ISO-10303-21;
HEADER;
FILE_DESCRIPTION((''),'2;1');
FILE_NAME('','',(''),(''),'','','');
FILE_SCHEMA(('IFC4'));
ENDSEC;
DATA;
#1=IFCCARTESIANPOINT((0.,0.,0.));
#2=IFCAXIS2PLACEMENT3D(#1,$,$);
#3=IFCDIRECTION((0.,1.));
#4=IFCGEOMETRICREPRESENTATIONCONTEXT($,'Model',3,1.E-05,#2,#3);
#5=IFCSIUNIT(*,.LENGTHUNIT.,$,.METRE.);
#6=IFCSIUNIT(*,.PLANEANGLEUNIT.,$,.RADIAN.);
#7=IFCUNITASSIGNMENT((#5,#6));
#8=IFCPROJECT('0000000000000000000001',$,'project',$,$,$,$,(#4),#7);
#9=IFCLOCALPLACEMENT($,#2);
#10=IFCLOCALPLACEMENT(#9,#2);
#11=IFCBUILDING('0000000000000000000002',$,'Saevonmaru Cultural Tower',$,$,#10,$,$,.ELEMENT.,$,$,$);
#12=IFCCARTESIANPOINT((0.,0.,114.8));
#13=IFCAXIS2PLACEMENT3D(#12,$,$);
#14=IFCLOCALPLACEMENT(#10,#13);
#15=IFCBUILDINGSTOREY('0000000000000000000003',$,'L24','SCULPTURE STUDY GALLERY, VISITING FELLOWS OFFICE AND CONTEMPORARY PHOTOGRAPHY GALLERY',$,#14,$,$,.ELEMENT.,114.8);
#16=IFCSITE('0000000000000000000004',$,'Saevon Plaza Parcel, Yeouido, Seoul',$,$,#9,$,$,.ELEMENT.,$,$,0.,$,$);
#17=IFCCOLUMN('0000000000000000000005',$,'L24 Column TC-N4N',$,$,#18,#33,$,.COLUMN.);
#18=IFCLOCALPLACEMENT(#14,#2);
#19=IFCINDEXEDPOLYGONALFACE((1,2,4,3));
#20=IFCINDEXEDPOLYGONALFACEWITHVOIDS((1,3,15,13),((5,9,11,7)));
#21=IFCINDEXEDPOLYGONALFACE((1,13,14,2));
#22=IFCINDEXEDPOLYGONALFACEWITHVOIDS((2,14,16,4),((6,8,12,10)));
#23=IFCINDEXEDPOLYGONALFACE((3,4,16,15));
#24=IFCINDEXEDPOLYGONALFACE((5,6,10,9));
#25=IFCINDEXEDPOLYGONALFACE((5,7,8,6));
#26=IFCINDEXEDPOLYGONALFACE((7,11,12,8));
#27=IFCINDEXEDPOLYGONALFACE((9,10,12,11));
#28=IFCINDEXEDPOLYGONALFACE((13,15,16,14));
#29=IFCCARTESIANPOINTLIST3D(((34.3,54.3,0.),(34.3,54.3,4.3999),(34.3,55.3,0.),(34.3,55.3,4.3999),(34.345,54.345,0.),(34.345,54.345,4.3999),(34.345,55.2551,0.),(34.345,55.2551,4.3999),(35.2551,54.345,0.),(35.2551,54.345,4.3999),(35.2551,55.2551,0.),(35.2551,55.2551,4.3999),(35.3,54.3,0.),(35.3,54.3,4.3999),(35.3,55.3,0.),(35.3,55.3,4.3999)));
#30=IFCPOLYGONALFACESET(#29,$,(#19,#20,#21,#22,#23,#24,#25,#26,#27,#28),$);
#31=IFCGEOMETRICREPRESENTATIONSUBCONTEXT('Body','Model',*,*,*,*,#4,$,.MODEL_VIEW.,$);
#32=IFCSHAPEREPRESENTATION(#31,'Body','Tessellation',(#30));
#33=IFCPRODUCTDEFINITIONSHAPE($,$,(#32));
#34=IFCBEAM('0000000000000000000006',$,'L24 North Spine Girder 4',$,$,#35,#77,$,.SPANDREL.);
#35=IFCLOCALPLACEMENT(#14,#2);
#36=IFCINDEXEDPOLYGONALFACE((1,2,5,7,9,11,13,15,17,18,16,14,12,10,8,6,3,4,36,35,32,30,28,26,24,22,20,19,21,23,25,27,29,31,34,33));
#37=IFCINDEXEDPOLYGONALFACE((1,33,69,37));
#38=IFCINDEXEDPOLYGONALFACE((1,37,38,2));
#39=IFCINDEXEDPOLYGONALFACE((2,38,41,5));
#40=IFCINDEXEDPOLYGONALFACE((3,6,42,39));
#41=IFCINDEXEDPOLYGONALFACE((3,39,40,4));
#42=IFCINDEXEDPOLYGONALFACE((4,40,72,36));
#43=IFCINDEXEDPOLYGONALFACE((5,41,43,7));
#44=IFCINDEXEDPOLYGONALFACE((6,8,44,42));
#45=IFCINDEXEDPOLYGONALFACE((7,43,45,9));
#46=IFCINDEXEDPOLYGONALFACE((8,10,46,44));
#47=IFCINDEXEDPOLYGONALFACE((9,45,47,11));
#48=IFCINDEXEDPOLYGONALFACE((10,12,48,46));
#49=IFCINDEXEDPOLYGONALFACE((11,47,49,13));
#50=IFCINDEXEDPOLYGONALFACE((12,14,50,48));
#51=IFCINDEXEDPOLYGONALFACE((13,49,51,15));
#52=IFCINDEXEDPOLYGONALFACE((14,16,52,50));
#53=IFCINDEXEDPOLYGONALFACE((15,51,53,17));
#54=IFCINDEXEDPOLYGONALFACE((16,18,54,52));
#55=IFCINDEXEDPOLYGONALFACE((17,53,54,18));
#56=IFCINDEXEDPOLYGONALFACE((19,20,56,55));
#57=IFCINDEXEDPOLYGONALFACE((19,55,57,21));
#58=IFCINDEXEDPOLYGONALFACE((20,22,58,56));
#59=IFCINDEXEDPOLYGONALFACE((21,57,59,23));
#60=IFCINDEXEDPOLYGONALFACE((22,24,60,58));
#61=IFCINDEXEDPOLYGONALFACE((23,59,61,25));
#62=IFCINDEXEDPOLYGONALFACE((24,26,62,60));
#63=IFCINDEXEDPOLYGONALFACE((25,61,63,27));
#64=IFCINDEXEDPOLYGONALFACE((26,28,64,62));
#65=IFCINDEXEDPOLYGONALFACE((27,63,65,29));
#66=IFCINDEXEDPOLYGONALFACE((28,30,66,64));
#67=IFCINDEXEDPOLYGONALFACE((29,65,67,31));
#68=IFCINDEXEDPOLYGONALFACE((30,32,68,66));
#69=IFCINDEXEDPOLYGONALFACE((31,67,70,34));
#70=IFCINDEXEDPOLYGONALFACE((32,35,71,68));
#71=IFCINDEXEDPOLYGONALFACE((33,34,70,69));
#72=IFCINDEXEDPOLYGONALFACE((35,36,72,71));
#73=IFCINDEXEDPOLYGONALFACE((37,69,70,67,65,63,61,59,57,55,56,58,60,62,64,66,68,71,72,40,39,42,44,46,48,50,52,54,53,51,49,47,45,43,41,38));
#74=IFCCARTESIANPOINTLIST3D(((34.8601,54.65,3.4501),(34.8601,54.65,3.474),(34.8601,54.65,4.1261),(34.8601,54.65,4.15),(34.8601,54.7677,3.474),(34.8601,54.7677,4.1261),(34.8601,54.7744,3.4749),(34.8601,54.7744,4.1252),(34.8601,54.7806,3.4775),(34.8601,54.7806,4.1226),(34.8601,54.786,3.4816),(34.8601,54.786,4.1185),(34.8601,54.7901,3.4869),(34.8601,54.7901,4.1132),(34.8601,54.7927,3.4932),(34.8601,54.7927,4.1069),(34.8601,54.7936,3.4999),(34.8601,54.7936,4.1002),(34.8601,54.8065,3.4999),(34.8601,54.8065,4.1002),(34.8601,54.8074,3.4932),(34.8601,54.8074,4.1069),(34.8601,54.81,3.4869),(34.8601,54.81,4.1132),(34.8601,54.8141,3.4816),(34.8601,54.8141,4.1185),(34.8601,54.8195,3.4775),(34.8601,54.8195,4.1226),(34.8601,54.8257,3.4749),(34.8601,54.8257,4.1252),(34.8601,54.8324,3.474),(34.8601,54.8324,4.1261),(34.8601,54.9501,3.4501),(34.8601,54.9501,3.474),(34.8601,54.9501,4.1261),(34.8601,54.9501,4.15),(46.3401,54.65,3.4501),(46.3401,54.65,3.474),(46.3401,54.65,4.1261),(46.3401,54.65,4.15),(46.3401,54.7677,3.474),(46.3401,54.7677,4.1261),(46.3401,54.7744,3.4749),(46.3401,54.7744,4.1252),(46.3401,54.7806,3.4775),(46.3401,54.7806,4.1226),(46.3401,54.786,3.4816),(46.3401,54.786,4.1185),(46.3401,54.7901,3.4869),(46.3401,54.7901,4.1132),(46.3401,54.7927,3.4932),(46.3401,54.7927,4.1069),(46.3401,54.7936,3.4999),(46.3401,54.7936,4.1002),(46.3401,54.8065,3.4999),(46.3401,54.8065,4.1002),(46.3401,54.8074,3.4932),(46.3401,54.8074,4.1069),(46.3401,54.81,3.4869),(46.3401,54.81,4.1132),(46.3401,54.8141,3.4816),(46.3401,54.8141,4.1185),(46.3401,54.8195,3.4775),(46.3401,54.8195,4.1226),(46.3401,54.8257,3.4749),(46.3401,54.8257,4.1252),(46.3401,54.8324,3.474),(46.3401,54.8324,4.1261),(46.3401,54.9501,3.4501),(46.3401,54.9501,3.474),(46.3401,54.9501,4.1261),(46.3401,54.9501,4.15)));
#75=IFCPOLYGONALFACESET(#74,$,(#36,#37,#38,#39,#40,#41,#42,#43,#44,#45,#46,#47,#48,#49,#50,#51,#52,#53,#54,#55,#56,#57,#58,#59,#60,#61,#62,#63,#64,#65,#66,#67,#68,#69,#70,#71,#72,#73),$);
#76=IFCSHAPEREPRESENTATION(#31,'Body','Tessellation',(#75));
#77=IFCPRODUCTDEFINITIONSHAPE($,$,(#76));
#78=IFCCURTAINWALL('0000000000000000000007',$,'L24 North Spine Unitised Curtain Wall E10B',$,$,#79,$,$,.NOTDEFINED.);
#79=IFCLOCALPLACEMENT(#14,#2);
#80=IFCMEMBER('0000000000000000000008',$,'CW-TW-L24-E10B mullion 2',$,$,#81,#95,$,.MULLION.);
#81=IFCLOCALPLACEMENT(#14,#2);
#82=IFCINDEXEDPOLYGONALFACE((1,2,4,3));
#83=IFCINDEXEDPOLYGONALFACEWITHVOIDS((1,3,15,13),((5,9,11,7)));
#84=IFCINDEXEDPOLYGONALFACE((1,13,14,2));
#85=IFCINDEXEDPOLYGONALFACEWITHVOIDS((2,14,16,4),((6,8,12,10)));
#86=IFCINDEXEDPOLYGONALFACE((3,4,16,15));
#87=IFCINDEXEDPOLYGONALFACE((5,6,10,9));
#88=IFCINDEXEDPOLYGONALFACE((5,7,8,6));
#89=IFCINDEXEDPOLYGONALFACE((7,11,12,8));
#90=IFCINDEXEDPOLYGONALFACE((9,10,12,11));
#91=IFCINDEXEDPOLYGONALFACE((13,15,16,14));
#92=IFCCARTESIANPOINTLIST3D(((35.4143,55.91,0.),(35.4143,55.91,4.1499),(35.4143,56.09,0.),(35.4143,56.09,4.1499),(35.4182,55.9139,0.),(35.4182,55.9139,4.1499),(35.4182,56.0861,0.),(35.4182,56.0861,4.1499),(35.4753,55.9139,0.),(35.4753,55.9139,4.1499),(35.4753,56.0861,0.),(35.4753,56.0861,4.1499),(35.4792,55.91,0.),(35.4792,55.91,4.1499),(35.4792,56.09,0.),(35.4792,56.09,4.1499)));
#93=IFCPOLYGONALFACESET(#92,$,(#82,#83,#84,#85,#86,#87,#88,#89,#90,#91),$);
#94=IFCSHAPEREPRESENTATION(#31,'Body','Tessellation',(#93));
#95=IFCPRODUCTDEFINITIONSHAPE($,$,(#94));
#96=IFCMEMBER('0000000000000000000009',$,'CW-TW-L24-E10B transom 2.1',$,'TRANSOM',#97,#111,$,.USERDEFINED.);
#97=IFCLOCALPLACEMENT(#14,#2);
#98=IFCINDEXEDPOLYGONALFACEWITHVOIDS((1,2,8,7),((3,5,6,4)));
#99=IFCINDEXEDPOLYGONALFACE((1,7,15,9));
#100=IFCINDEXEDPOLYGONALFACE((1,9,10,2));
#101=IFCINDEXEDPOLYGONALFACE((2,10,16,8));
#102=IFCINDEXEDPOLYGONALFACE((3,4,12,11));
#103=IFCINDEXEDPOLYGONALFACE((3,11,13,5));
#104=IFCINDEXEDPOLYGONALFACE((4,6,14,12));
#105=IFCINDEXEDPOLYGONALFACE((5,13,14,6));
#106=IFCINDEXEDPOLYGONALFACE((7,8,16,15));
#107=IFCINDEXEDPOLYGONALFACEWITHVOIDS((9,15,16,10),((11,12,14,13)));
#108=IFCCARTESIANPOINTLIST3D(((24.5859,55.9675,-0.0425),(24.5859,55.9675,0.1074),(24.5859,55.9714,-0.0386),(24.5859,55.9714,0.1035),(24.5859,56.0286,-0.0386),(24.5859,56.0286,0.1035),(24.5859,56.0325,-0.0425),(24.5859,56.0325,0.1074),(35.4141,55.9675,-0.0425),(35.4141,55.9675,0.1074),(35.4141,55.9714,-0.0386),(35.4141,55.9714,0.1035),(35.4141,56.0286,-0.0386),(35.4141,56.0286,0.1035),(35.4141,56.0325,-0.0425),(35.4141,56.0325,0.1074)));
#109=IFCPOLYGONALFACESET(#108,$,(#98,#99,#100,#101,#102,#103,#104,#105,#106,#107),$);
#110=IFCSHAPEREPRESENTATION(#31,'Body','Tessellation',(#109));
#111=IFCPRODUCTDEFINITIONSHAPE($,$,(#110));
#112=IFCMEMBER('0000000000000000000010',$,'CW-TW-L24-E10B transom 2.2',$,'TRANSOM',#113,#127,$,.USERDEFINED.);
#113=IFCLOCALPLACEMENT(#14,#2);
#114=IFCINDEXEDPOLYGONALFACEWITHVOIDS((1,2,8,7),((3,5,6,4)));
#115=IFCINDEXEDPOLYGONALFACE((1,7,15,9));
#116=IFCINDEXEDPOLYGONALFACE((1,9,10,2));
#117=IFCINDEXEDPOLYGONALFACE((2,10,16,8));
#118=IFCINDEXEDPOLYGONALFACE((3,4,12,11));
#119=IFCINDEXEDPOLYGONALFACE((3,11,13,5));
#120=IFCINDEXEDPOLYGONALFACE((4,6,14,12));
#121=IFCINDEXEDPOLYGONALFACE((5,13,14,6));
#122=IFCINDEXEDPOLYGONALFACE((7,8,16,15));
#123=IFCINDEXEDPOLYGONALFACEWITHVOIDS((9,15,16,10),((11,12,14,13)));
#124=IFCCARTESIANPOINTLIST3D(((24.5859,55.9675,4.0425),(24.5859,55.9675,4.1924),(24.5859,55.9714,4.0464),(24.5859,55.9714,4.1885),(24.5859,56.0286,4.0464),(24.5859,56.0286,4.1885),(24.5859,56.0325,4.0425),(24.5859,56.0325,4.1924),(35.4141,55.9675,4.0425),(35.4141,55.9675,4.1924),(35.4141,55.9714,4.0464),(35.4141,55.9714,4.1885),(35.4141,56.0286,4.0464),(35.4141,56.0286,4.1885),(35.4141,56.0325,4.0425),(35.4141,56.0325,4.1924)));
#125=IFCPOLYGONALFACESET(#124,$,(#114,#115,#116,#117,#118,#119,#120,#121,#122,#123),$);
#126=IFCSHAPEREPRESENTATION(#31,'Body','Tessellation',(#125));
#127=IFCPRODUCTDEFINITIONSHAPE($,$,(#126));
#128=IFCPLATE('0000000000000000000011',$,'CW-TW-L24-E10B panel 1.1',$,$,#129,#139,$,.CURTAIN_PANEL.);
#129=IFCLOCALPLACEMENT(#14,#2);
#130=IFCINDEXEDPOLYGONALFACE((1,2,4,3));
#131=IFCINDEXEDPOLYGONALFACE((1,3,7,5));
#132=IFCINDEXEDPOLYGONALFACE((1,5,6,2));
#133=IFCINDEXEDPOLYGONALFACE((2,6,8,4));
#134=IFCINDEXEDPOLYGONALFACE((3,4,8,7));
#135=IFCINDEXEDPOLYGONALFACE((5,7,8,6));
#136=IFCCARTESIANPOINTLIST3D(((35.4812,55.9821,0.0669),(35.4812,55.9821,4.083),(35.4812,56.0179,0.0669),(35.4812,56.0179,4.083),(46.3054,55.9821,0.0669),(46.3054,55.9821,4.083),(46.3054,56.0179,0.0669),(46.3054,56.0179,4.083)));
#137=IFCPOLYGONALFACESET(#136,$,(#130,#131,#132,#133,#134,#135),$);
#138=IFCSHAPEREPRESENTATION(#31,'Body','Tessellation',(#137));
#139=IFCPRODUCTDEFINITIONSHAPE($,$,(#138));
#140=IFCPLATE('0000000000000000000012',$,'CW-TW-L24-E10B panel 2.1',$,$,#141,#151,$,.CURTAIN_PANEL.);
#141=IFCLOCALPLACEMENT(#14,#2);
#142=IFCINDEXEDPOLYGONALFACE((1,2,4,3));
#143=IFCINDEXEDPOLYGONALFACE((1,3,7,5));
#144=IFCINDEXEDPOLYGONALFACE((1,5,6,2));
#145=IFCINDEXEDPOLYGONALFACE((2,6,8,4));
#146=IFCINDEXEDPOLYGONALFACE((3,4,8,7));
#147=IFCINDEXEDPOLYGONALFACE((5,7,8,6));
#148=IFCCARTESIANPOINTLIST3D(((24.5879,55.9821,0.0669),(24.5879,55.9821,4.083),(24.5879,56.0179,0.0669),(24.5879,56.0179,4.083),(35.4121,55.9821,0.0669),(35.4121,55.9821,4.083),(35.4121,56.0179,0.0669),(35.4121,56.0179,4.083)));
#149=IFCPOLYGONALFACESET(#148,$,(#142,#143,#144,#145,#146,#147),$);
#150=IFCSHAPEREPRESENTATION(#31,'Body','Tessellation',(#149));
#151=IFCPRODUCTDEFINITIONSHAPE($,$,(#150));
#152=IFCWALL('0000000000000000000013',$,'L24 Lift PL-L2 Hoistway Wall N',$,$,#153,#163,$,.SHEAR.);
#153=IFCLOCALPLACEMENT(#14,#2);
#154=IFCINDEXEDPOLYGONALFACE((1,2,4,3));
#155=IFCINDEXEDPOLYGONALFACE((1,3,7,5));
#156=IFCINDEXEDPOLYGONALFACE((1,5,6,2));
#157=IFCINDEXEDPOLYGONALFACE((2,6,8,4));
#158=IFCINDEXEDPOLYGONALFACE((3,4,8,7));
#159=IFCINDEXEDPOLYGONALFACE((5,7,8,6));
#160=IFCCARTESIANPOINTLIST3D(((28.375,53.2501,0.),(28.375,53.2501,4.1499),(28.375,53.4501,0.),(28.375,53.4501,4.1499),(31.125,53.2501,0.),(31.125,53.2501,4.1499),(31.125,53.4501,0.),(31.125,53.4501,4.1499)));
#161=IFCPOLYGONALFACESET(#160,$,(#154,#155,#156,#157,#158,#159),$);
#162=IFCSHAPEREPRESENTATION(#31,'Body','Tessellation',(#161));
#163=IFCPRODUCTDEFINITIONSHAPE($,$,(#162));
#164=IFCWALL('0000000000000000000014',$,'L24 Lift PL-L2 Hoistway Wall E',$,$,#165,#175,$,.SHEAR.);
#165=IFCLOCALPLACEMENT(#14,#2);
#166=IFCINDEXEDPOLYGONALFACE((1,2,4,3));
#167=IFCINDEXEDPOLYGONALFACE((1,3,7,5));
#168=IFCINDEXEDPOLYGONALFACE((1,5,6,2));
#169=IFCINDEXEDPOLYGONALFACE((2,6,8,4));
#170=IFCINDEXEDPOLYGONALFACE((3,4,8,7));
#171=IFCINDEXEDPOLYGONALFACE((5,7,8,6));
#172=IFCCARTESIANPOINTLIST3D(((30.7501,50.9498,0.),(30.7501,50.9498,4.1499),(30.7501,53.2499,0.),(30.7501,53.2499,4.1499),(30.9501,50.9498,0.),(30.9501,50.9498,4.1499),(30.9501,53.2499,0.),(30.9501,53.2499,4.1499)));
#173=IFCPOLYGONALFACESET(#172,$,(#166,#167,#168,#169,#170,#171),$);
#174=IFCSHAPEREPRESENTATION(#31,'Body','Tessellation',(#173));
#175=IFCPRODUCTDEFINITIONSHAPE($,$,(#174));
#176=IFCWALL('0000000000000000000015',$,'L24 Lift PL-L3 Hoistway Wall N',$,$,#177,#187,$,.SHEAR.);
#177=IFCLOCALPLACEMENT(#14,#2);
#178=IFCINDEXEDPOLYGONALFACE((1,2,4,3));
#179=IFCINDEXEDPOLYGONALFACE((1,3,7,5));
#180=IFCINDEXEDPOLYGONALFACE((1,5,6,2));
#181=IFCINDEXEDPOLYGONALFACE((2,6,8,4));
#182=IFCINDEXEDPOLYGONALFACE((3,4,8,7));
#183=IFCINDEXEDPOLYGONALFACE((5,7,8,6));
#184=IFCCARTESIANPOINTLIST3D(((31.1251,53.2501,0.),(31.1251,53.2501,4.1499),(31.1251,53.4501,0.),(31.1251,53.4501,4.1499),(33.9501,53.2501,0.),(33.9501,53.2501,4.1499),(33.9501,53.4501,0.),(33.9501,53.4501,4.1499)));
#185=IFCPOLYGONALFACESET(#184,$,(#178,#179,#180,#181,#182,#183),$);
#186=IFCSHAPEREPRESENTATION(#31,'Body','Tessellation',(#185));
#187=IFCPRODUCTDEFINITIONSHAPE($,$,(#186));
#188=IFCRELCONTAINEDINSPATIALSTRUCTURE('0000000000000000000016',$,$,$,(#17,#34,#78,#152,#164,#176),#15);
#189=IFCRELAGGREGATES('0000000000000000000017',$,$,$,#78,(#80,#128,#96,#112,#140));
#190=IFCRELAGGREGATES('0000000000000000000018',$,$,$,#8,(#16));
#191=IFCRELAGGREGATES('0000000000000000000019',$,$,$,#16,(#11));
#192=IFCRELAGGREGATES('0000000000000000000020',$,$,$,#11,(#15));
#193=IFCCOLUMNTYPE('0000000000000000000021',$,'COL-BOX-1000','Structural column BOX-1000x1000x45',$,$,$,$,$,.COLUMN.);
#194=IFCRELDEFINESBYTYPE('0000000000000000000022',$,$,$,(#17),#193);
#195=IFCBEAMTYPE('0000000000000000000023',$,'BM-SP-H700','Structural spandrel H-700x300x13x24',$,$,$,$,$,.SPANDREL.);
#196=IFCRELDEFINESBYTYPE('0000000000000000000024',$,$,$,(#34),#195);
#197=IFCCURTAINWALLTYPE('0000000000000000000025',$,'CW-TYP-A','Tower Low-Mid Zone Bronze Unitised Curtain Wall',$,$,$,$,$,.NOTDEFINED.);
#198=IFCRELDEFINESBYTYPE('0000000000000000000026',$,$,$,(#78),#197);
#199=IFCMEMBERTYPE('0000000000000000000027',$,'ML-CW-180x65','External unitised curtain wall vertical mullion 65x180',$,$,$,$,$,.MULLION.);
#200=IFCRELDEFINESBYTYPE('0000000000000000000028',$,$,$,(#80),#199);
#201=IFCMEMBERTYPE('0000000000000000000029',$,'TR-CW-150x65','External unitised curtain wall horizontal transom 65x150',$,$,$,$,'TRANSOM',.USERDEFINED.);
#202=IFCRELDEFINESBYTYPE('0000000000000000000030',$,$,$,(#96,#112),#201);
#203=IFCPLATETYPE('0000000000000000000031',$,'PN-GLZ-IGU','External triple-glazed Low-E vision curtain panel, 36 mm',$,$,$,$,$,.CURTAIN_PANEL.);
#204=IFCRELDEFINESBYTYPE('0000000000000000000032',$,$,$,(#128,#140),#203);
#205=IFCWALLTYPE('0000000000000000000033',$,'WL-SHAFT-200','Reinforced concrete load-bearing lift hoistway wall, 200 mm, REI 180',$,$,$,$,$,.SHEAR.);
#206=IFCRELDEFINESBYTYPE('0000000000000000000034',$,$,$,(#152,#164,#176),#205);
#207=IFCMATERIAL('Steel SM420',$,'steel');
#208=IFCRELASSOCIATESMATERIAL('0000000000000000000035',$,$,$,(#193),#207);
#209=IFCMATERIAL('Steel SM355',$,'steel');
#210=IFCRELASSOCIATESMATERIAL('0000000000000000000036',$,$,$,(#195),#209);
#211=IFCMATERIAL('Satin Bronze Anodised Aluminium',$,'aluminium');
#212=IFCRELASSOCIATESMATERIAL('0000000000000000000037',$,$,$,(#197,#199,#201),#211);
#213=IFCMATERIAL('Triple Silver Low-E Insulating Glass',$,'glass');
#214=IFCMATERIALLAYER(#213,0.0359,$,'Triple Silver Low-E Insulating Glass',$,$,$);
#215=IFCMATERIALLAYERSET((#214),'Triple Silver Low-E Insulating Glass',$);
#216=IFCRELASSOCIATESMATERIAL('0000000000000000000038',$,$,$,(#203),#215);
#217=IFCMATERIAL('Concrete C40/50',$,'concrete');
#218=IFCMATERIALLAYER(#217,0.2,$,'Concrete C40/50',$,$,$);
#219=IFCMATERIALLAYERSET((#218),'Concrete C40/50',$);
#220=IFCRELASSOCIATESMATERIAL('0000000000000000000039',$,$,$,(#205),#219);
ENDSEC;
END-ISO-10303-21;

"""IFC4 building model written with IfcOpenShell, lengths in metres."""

from ifc_helpers import new_model, si_unit, direction, frame, frame_2d, origin, origin_2d, place, context, subcontext, project, spatial, rectangle, hollow_rectangle, i_section, extrude, material, layer, layer_set, material_profile, profile_set, type_object, element, aggregate, save


model = new_model("IFC4")

# Units and contexts
model_context = context("Model", 3, precision=1e-05, world=origin(), true_north=direction((0.0, 1.0)))
body_context = subcontext(model_context, "Body", "Model", "MODEL_VIEW")
ifc_project = project(units=[si_unit("LENGTHUNIT", "METRE"), si_unit("PLANEANGLEUNIT", "RADIAN")], contexts=[model_context])

# Site, building, storey
site_placement = place(None, origin())
site = spatial("IfcSite", under=ifc_project, at=site_placement, Name="Saevon Plaza Parcel, Yeouido, Seoul", CompositionType="ELEMENT", RefElevation=0.0)
building_placement = place(site_placement, origin())
building = spatial("IfcBuilding", under=site, at=building_placement, Name="Saevonmaru Cultural Tower", CompositionType="ELEMENT")
storey_placement = place(building_placement, frame((0.0, 0.0, 114.8)))
storey = spatial("IfcBuildingStorey", under=building, at=storey_placement, Name="L24", Description="SCULPTURE STUDY GALLERY, VISITING FELLOWS OFFICE AND CONTEMPORARY PHOTOGRAPHY GALLERY", CompositionType="ELEMENT", Elevation=114.8)

# Column
ifc_material_1 = material(Name="Steel SM420", Category="steel")
ifc_material_profile_1 = material_profile(ifc_material_1, hollow_rectangle(XDim=1.0, YDim=1.0, WallThickness=0.0449, at=origin_2d()), Name="BOX-1000x1000x45")
ifc_profile_set_1 = profile_set([ifc_material_profile_1], Name="Steel SM420")
column_type = type_object("IfcColumnType", Name="COL-BOX-1000", Description="Structural column BOX-1000x1000x45", PredefinedType="COLUMN", material=ifc_profile_set_1)
column_placement = place(storey_placement, frame((34.8, 54.8, 0.0), z_axis=(0.0, 0.0, 1.0), x_axis=(1.0, 0.0, 0.0)))
element("IfcColumn", 1, at=column_placement, inside=storey, type_object=column_type, Name="L24 Column TC-N4N", PredefinedType="COLUMN", context=body_context, shape_type="SweptSolid", body=[
    extrude(hollow_rectangle(XDim=1.0, YDim=1.0, WallThickness=0.0449, at=origin_2d()), origin(), (0.0, 0.0, 1.0), 4.3999),
])

# Beam
ifc_material_2 = material(Name="Steel SM355", Category="steel")
ifc_material_profile_2 = material_profile(ifc_material_2, i_section(OverallWidth=0.3, OverallDepth=0.7, WebThickness=0.0129, FlangeThickness=0.0239, FilletRadius=0.0259, at=origin_2d()), Name="H-700x300x13x24")
ifc_profile_set_2 = profile_set([ifc_material_profile_2], Name="Steel SM355")
beam_type = type_object("IfcBeamType", Name="BM-SP-H700", Description="Structural spandrel H-700x300x13x24", PredefinedType="SPANDREL", material=ifc_profile_set_2)
beam_placement = place(storey_placement, frame((34.8601, 54.8, 3.8), z_axis=(1.0, 0.0, 0.0), x_axis=(0.0, 1.0, 0.0)))
element("IfcBeam", 2, at=beam_placement, inside=storey, type_object=beam_type, Name="L24 North Spine Girder 4", PredefinedType="SPANDREL", context=body_context, shape_type="SweptSolid", body=[
    extrude(i_section(OverallWidth=0.3, OverallDepth=0.7, WebThickness=0.0129, FlangeThickness=0.0239, FilletRadius=0.0259, at=origin_2d()), origin(), (0.0, 0.0, 1.0), 11.48),
])

# Curtain wall, members, plates
ifc_material_3 = material(Name="Satin Bronze Anodised Aluminium", Category="aluminium")
curtain_wall_type = type_object("IfcCurtainWallType", Name="CW-TYP-A", Description="Tower Low-Mid Zone Bronze Unitised Curtain Wall", PredefinedType="NOTDEFINED", material=ifc_material_3)
curtain_wall_placement = place(storey_placement, origin())
curtain_wall = element("IfcCurtainWall", 3, at=curtain_wall_placement, inside=storey, type_object=curtain_wall_type, Name="L24 North Spine Unitised Curtain Wall E10B", PredefinedType="NOTDEFINED")
ifc_material_profile_3 = material_profile(ifc_material_3, hollow_rectangle(XDim=0.0649, YDim=0.1799, WallThickness=0.0039, at=origin_2d()), Name="ALU-MULL-180x65x4")
ifc_profile_set_3 = profile_set([ifc_material_profile_3], Name="Satin Bronze Anodised Aluminium")
member_type_1 = type_object("IfcMemberType", Name="ML-CW-180x65", Description="External unitised curtain wall vertical mullion 65x180", PredefinedType="MULLION", material=ifc_profile_set_3)
member_1_placement = place(storey_placement, frame((35.4468, 56.0, 0.0), z_axis=(0.0, 0.0, 1.0), x_axis=(-1.0, 0.0, 0.0)))
member_1 = element("IfcMember", 4, at=member_1_placement, type_object=member_type_1, Name="CW-TW-L24-E10B mullion 2", PredefinedType="MULLION", context=body_context, shape_type="SweptSolid", body=[
    extrude(hollow_rectangle(XDim=0.0649, YDim=0.1799, WallThickness=0.0039, at=origin_2d()), origin(), (0.0, 0.0, 1.0), 4.1499),
])
ifc_material_profile_4 = material_profile(ifc_material_3, hollow_rectangle(XDim=0.0649, YDim=0.1499, WallThickness=0.0039, at=origin_2d()), Name="ALU-TRAN-150x65x4")
ifc_profile_set_4 = profile_set([ifc_material_profile_4], Name="Satin Bronze Anodised Aluminium")
member_type_2 = type_object("IfcMemberType", Name="TR-CW-150x65", Description="External unitised curtain wall horizontal transom 65x150", ElementType="TRANSOM", PredefinedType="USERDEFINED", material=ifc_profile_set_4)
member_2_placement = place(storey_placement, frame((35.4141, 56.0, 0.0325), z_axis=(-1.0, 0.0, 0.0), x_axis=(0.0, -1.0, 0.0)))
member_2 = element("IfcMember", 5, at=member_2_placement, type_object=member_type_2, Name="CW-TW-L24-E10B transom 2.1", ObjectType="TRANSOM", PredefinedType="USERDEFINED", context=body_context, shape_type="SweptSolid", body=[
    extrude(hollow_rectangle(XDim=0.0649, YDim=0.1499, WallThickness=0.0039, at=origin_2d()), origin(), (0.0, 0.0, 1.0), 10.8281),
])
member_3_placement = place(storey_placement, frame((35.4141, 56.0, 4.1174), z_axis=(-1.0, 0.0, 0.0), x_axis=(0.0, -1.0, 0.0)))
member_3 = element("IfcMember", 6, at=member_3_placement, type_object=member_type_2, Name="CW-TW-L24-E10B transom 2.2", ObjectType="TRANSOM", PredefinedType="USERDEFINED", context=body_context, shape_type="SweptSolid", body=[
    extrude(hollow_rectangle(XDim=0.0649, YDim=0.1499, WallThickness=0.0039, at=origin_2d()), origin(), (0.0, 0.0, 1.0), 10.8281),
])
ifc_material_4 = material(Name="Triple Silver Low-E Insulating Glass", Category="glass")
ifc_layer_1 = layer(ifc_material_4, 0.0359, Name="Triple Silver Low-E Insulating Glass")
ifc_layer_set_1 = layer_set([ifc_layer_1], Name="Triple Silver Low-E Insulating Glass")
plate_type = type_object("IfcPlateType", Name="PN-GLZ-IGU", Description="External triple-glazed Low-E vision curtain panel, 36 mm", PredefinedType="CURTAIN_PANEL", material=ifc_layer_set_1)
plate_1_placement = place(storey_placement, frame((40.8933, 56.0, 0.0669), z_axis=(0.0, 0.0, 1.0), x_axis=(-1.0, 0.0, 0.0)))
plate_1 = element("IfcPlate", 7, at=plate_1_placement, type_object=plate_type, Name="CW-TW-L24-E10B panel 1.1", PredefinedType="CURTAIN_PANEL", context=body_context, shape_type="SweptSolid", body=[
    extrude(rectangle(XDim=10.8242, YDim=0.0359, at=origin_2d()), origin(), (0.0, 0.0, 1.0), 4.0161),
])
plate_2_placement = place(storey_placement, frame((30.0, 56.0, 0.0669), z_axis=(0.0, 0.0, 1.0), x_axis=(-1.0, 0.0, 0.0)))
plate_2 = element("IfcPlate", 8, at=plate_2_placement, type_object=plate_type, Name="CW-TW-L24-E10B panel 2.1", PredefinedType="CURTAIN_PANEL", context=body_context, shape_type="SweptSolid", body=[
    extrude(rectangle(XDim=10.8242, YDim=0.0359, at=origin_2d()), origin(), (0.0, 0.0, 1.0), 4.0161),
])
aggregate(curtain_wall, [member_1, plate_1, member_2, member_3, plate_2])

# Walls
ifc_material_5 = material(Name="Concrete C40/50", Category="concrete")
ifc_layer_2 = layer(ifc_material_5, 0.2, Name="Concrete C40/50")
ifc_layer_set_2 = layer_set([ifc_layer_2], Name="Concrete C40/50")
wall_type_1 = type_object("IfcWallType", Name="WL-SHAFT-200", Description="Reinforced concrete load-bearing lift hoistway wall, 200 mm, REI 180", PredefinedType="SHEAR", material=ifc_layer_set_2)
wall_1_placement = place(storey_placement, frame((28.375, 53.3501, 0.0), z_axis=(0.0, 0.0, 1.0), x_axis=(1.0, 0.0, 0.0)))
element("IfcWall", 9, at=wall_1_placement, inside=storey, type_object=wall_type_1, Name="L24 Lift PL-L2 Hoistway Wall N", PredefinedType="SHEAR", context=body_context, shape_type="SweptSolid", body=[
    extrude(rectangle(XDim=2.75, YDim=0.2, at=frame_2d((1.375, 0.0))), origin(), (0.0, 0.0, 1.0), 4.1499),
])
wall_2_placement = place(storey_placement, frame((30.8501, 50.95, 0.0), z_axis=(0.0, 0.0, 1.0), x_axis=(0.0, 1.0, 0.0)))
element("IfcWall", 10, at=wall_2_placement, inside=storey, type_object=wall_type_1, Name="L24 Lift PL-L2 Hoistway Wall E", PredefinedType="SHEAR", context=body_context, shape_type="SweptSolid", body=[
    extrude(rectangle(XDim=2.3, YDim=0.2, at=frame_2d((1.1499, 0.0))), origin(), (0.0, 0.0, 1.0), 4.1499),
])
wall_3_placement = place(storey_placement, frame((31.125, 53.3501, 0.0), z_axis=(0.0, 0.0, 1.0), x_axis=(1.0, 0.0, 0.0)))
element("IfcWall", 11, at=wall_3_placement, inside=storey, type_object=wall_type_1, Name="L24 Lift PL-L3 Hoistway Wall N", PredefinedType="SHEAR", context=body_context, shape_type="SweptSolid", body=[
    extrude(rectangle(XDim=2.825, YDim=0.2, at=frame_2d((1.4126, 0.0))), origin(), (0.0, 0.0, 1.0), 4.1499),
])

save(model, "model.ifc")
